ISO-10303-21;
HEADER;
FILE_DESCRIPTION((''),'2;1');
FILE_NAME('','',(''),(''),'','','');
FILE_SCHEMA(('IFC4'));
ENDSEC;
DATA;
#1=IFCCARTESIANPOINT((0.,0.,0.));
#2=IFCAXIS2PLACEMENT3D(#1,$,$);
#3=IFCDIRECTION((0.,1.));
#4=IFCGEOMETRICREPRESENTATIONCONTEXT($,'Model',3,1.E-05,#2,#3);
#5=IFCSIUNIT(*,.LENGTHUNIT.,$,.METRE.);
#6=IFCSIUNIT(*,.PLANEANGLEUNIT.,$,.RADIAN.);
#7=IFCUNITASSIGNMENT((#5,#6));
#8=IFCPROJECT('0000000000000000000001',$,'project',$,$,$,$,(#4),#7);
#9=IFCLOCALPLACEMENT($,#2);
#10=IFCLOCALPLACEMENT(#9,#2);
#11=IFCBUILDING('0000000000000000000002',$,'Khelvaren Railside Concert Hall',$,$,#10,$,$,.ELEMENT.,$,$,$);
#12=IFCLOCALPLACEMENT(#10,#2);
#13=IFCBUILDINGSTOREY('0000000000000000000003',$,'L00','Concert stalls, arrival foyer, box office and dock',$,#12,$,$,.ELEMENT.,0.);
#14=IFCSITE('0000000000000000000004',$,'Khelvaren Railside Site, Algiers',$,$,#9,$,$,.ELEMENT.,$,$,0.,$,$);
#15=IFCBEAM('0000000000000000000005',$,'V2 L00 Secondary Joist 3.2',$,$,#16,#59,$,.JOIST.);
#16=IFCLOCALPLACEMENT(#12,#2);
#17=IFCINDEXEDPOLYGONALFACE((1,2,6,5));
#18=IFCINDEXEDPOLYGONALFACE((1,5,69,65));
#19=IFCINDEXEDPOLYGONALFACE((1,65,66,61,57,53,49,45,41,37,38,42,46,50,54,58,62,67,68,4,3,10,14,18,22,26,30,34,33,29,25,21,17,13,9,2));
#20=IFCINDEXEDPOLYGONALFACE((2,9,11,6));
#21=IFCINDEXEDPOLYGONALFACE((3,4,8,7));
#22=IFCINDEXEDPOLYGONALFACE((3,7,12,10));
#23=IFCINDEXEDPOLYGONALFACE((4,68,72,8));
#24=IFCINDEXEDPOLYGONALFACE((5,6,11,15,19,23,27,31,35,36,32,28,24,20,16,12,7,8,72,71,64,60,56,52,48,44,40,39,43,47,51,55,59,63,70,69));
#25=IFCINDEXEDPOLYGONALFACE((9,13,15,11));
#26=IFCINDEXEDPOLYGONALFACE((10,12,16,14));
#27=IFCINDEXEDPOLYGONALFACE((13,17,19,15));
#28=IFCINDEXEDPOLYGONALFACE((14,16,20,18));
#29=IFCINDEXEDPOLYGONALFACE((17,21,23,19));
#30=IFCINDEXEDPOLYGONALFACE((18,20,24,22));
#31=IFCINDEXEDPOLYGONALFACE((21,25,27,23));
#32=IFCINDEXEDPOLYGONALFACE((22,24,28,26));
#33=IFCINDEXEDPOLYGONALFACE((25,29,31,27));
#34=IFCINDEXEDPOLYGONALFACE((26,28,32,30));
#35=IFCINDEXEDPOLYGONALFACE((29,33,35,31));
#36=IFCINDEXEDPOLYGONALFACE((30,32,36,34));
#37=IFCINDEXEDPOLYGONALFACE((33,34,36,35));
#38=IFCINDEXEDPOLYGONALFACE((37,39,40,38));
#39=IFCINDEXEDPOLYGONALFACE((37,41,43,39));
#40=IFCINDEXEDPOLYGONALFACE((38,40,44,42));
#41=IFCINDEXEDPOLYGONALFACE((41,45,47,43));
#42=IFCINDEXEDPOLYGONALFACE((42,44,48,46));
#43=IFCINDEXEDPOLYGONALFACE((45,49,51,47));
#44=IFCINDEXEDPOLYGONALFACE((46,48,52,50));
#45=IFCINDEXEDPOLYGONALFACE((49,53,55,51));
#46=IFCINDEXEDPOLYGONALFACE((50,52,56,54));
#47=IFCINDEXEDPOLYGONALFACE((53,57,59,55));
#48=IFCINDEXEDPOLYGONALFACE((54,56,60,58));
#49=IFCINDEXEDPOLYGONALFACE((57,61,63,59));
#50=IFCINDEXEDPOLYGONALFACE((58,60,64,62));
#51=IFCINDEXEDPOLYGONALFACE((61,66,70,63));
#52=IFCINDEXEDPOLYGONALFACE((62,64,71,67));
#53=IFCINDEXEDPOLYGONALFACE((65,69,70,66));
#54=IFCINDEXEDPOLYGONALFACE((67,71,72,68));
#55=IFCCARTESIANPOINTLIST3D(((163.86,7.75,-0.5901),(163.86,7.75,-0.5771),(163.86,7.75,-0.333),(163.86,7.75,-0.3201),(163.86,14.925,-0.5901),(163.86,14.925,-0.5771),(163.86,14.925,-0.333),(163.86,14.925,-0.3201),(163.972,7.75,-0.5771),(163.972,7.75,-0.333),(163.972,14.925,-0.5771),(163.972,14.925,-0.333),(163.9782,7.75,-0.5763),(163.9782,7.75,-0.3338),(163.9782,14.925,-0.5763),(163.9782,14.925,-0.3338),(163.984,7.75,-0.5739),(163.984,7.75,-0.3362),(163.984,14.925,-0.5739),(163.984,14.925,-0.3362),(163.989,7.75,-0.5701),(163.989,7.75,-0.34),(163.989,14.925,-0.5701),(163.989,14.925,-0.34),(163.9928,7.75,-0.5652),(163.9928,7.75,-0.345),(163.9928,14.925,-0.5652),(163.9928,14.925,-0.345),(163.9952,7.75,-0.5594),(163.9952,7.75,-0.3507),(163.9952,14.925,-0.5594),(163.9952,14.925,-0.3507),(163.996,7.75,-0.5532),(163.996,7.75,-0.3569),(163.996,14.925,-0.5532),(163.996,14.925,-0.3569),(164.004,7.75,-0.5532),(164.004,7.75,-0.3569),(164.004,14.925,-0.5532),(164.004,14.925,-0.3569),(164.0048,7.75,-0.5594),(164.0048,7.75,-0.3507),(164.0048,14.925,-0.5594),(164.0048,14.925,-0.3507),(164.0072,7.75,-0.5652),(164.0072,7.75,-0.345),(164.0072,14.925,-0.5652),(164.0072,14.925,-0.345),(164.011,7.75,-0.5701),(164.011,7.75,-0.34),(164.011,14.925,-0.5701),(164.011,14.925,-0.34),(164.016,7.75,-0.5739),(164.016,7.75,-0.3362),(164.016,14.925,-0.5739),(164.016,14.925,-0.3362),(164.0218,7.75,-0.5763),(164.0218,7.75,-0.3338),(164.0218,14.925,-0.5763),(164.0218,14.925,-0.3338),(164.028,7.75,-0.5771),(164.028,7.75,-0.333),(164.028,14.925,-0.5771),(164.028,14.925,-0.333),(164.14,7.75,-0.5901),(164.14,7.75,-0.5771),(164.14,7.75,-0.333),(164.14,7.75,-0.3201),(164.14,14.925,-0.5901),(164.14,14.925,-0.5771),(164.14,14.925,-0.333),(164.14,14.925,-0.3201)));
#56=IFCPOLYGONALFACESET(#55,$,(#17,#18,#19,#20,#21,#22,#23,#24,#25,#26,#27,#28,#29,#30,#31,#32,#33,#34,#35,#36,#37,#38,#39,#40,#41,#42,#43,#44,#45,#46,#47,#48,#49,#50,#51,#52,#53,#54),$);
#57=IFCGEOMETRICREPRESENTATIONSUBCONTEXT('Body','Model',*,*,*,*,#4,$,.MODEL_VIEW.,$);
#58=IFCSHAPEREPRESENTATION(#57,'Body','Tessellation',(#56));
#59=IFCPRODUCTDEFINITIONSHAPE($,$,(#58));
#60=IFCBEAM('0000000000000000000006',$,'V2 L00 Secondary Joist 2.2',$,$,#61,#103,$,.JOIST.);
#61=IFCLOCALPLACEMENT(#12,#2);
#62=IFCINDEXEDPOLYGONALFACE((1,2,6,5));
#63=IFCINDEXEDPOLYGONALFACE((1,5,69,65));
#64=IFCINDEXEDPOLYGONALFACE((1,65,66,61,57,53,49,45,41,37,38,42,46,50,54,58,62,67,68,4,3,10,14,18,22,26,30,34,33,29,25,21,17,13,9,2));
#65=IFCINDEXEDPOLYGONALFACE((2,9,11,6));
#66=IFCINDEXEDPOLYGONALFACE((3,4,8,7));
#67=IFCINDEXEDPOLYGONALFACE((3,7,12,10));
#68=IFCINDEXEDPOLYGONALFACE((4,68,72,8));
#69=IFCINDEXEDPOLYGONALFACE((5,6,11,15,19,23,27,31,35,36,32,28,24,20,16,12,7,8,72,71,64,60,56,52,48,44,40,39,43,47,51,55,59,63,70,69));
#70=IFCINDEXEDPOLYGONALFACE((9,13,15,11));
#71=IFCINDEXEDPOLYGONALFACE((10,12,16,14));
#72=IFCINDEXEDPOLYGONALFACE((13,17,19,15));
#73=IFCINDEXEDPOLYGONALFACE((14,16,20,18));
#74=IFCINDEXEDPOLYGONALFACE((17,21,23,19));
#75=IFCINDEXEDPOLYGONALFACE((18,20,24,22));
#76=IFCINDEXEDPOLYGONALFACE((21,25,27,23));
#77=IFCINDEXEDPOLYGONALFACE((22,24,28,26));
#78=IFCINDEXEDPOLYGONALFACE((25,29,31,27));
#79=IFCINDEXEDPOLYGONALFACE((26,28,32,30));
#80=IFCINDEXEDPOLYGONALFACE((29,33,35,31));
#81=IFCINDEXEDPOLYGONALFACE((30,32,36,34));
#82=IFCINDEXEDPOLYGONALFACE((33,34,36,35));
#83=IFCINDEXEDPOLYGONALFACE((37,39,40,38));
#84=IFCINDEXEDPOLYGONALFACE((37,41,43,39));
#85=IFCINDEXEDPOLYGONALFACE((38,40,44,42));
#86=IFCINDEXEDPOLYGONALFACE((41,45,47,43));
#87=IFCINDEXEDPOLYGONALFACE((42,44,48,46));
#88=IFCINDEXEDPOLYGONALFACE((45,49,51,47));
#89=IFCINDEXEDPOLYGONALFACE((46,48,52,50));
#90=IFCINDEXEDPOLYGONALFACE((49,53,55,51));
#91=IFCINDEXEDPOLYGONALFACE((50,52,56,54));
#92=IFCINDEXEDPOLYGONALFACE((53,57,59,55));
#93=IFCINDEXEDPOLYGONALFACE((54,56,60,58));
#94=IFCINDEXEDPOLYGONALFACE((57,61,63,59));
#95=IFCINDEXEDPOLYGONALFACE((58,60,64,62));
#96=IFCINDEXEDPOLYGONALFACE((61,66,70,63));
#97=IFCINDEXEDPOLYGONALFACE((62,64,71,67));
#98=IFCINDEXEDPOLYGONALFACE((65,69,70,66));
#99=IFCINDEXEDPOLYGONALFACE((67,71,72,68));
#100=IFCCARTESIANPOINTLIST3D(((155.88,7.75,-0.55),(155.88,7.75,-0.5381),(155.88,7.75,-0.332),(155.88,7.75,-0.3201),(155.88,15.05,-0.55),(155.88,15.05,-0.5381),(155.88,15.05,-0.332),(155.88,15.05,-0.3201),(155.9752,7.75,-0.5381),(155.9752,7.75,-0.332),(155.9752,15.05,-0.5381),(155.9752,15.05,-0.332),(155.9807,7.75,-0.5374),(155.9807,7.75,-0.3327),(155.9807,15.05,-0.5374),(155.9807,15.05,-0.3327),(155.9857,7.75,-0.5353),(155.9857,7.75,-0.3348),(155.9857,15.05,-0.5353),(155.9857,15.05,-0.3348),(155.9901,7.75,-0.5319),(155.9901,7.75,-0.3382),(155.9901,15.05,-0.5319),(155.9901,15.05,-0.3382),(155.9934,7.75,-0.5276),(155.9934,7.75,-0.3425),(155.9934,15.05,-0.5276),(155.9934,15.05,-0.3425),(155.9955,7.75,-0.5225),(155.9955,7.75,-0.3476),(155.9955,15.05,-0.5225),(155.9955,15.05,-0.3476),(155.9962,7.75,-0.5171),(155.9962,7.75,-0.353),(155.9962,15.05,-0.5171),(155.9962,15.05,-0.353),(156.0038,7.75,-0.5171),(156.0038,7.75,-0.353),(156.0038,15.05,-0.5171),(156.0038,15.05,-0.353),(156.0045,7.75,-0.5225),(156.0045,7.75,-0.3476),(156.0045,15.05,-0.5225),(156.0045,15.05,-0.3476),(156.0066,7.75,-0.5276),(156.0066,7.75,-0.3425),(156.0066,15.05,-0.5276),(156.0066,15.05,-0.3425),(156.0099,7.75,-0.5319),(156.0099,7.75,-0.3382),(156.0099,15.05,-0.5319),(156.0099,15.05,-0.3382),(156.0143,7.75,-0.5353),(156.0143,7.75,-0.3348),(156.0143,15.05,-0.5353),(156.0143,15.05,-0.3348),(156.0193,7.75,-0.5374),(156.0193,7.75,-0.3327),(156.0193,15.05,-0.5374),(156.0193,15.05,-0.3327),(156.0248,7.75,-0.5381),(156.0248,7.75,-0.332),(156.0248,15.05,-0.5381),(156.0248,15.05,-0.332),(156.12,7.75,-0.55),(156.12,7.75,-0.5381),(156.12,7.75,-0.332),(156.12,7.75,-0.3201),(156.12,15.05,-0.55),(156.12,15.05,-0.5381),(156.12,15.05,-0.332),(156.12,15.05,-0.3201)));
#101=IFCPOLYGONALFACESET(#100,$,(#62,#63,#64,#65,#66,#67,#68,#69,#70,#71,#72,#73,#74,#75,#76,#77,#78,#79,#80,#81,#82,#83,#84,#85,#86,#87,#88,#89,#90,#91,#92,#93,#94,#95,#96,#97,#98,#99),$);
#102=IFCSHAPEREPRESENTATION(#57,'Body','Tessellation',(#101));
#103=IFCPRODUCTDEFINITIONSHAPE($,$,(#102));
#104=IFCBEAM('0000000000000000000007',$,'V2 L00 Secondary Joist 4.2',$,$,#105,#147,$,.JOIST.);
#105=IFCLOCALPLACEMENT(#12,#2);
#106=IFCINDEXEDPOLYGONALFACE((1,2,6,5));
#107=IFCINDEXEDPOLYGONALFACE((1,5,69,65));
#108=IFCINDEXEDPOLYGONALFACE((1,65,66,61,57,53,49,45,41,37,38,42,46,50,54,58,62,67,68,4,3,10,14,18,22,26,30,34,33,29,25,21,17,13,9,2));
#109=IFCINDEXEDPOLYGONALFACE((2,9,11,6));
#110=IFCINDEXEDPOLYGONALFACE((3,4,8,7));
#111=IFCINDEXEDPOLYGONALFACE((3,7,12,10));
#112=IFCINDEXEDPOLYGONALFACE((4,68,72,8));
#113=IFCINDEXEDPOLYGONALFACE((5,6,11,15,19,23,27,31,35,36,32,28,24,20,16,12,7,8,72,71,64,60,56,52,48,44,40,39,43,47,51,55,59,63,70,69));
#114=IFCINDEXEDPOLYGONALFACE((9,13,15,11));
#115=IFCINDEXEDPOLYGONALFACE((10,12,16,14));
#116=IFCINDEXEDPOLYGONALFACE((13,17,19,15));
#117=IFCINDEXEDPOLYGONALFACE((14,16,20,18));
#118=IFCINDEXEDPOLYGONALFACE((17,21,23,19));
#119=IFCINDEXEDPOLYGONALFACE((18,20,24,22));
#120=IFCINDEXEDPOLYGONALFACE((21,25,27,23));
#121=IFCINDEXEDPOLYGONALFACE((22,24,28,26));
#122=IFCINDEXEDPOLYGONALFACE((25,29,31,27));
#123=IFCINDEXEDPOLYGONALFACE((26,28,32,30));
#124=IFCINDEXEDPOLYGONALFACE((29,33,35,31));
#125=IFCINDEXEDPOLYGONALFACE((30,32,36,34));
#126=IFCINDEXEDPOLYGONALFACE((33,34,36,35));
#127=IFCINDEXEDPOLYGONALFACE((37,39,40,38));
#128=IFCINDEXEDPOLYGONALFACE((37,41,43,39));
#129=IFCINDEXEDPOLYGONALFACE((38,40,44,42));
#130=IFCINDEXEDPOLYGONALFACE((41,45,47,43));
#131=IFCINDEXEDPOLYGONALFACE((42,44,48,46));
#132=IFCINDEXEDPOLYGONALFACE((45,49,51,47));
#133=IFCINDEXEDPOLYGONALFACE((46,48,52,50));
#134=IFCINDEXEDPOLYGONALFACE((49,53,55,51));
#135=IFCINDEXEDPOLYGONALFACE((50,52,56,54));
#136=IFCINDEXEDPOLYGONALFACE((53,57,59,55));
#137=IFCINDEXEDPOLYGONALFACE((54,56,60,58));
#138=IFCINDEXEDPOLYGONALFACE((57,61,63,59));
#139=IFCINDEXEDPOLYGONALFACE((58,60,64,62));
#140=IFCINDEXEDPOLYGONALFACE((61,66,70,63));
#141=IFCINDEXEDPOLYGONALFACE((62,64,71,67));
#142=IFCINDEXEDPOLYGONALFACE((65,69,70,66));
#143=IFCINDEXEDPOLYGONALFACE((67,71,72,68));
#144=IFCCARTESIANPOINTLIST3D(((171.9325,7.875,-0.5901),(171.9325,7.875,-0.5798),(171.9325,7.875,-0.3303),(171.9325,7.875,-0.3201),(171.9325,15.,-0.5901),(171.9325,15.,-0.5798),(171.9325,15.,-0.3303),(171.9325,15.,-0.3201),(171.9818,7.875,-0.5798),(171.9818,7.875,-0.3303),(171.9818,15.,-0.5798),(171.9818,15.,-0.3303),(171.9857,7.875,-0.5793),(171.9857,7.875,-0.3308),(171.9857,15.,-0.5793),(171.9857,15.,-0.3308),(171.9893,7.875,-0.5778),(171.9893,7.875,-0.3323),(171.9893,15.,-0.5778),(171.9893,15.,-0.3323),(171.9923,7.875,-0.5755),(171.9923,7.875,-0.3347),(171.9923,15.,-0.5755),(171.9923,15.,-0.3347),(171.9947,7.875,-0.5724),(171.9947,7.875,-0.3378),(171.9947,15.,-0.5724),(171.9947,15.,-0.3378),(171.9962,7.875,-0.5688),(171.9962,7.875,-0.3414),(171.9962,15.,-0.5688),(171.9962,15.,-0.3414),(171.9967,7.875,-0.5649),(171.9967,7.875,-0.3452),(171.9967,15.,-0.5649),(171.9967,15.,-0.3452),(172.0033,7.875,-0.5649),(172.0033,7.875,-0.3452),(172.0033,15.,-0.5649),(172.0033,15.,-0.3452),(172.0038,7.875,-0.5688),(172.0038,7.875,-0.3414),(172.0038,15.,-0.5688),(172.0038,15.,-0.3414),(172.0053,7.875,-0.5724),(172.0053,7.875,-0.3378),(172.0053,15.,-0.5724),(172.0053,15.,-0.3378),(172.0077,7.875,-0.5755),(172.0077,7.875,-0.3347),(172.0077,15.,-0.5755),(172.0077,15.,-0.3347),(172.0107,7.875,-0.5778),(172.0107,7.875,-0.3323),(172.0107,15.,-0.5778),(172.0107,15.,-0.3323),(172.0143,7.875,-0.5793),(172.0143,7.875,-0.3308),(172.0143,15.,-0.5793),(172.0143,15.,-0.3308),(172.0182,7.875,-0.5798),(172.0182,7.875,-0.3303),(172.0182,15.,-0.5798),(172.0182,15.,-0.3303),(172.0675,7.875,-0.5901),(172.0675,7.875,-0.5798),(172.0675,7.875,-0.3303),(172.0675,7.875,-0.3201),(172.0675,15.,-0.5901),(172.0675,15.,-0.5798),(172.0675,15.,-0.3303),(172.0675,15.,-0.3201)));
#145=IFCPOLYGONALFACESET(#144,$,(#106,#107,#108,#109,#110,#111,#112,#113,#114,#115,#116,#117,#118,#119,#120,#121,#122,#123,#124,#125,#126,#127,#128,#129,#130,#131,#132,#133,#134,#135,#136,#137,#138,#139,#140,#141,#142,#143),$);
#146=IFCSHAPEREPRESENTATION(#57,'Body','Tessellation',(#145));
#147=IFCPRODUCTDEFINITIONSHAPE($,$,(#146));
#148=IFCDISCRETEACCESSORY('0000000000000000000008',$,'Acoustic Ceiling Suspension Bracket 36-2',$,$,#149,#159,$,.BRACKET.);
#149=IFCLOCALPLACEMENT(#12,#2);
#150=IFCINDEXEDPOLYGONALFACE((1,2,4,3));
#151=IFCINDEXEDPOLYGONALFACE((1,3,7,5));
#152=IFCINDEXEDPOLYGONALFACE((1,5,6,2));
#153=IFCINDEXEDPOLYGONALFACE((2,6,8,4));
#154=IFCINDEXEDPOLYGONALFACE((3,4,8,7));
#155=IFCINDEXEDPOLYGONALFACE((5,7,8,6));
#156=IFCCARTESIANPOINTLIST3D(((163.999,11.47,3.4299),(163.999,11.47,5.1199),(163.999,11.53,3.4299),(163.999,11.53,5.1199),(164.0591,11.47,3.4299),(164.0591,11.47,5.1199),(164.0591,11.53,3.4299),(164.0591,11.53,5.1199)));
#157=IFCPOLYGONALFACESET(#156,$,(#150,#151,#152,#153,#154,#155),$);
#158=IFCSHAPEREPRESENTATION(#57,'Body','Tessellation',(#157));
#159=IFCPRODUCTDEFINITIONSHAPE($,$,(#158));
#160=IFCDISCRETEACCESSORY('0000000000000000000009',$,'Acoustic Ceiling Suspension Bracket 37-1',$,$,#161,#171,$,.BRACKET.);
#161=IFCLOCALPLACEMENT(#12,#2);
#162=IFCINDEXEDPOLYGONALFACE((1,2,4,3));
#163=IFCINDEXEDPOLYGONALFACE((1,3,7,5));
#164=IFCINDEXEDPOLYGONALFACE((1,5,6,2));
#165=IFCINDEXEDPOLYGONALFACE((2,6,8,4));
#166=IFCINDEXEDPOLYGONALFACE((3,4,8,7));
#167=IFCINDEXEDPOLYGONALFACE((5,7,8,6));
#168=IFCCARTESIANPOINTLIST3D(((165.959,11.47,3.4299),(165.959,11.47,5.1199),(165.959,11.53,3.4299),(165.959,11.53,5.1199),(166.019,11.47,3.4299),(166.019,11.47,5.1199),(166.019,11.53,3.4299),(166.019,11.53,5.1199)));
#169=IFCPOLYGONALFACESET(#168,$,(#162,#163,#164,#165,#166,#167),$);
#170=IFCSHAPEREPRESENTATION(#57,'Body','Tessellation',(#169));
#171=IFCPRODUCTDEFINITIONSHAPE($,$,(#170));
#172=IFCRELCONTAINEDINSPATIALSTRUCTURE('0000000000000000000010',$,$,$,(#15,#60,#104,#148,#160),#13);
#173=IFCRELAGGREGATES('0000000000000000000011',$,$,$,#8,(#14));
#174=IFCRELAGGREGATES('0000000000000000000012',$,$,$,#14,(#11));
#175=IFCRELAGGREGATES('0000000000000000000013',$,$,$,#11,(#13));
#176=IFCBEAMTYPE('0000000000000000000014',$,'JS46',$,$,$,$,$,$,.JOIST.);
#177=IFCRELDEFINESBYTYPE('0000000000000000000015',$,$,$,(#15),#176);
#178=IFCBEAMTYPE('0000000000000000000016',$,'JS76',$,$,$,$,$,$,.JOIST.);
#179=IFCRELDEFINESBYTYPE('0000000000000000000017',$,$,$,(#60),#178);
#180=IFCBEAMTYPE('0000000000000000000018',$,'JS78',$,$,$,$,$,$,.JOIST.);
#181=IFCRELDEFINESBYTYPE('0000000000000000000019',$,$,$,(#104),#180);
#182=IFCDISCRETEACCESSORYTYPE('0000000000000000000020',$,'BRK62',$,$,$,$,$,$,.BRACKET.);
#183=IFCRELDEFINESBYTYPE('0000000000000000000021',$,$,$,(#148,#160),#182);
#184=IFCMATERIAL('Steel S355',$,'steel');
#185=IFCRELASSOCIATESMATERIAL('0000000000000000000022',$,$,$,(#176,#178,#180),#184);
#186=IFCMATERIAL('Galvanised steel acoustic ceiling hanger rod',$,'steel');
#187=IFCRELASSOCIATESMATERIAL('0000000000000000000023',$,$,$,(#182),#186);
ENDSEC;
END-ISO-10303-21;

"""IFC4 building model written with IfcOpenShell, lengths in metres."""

from ifc_helpers import new_model, si_unit, direction, frame, origin, origin_2d, place, context, subcontext, project, spatial, rectangle, i_section, extrude, material, material_profile, profile_set, type_object, element, save


model = new_model("IFC4")

# Units and contexts
model_context = context("Model", 3, precision=1e-05, world=origin(), true_north=direction((0.0, 1.0)))
body_context = subcontext(model_context, "Body", "Model", "MODEL_VIEW")
ifc_project = project(units=[si_unit("LENGTHUNIT", "METRE"), si_unit("PLANEANGLEUNIT", "RADIAN")], contexts=[model_context])

# Site, building, storey
site_placement = place(None, origin())
site = spatial("IfcSite", under=ifc_project, at=site_placement, Name="Khelvaren Railside Site, Algiers", CompositionType="ELEMENT", RefElevation=0.0)
building_placement = place(site_placement, origin())
building = spatial("IfcBuilding", under=site, at=building_placement, Name="Khelvaren Railside Concert Hall", CompositionType="ELEMENT")
storey_placement = place(building_placement, origin())
storey = spatial("IfcBuildingStorey", under=building, at=storey_placement, Name="L00", Description="Concert stalls, arrival foyer, box office and dock", CompositionType="ELEMENT", Elevation=0.0)

# Beams
ifc_material_1 = material(Name="Steel S355", Category="steel")
ifc_material_profile_1 = material_profile(ifc_material_1, i_section(OverallWidth=0.28, OverallDepth=0.27, WebThickness=0.0081, FlangeThickness=0.0129, FilletRadius=0.0239, at=origin_2d()), Name="HEA 280")
ifc_profile_set_1 = profile_set([ifc_material_profile_1], Name="Steel S355")
beam_type_1 = type_object("IfcBeamType", Name="JS46", PredefinedType="JOIST", material=ifc_profile_set_1)
beam_1_placement = place(storey_placement, frame((164.0, 7.75, -0.4551), z_axis=(0.0, 1.0, 0.0), x_axis=(-1.0, 0.0, 0.0)))
element("IfcBeam", 1, at=beam_1_placement, inside=storey, type_object=beam_type_1, Name="V2 L00 Secondary Joist 3.2", PredefinedType="JOIST", context=body_context, shape_type="SweptSolid", body=[
    extrude(i_section(OverallWidth=0.28, OverallDepth=0.27, WebThickness=0.0081, FlangeThickness=0.0129, FilletRadius=0.0239, at=origin_2d()), origin(), (0.0, 0.0, 1.0), 7.175),
])
ifc_material_profile_2 = material_profile(ifc_material_1, i_section(OverallWidth=0.24, OverallDepth=0.23, WebThickness=0.0076, FlangeThickness=0.012, FilletRadius=0.021, at=origin_2d()), Name="HEA 240")
ifc_profile_set_2 = profile_set([ifc_material_profile_2], Name="Steel S355")
beam_type_2 = type_object("IfcBeamType", Name="JS76", PredefinedType="JOIST", material=ifc_profile_set_2)
beam_2_placement = place(storey_placement, frame((156.0, 7.75, -0.4351), z_axis=(0.0, 1.0, 0.0), x_axis=(-1.0, 0.0, 0.0)))
element("IfcBeam", 2, at=beam_2_placement, inside=storey, type_object=beam_type_2, Name="V2 L00 Secondary Joist 2.2", PredefinedType="JOIST", context=body_context, shape_type="SweptSolid", body=[
    extrude(i_section(OverallWidth=0.24, OverallDepth=0.23, WebThickness=0.0076, FlangeThickness=0.012, FilletRadius=0.021, at=origin_2d()), origin(), (0.0, 0.0, 1.0), 7.3),
])
ifc_material_profile_3 = material_profile(ifc_material_1, i_section(OverallWidth=0.135, OverallDepth=0.27, WebThickness=0.0066, FlangeThickness=0.0103, FilletRadius=0.0149, at=origin_2d()), Name="IPE 270")
ifc_profile_set_3 = profile_set([ifc_material_profile_3], Name="Steel S355")
beam_type_3 = type_object("IfcBeamType", Name="JS78", PredefinedType="JOIST", material=ifc_profile_set_3)
beam_3_placement = place(storey_placement, frame((172.0, 7.875, -0.4551), z_axis=(0.0, 1.0, 0.0), x_axis=(-1.0, 0.0, 0.0)))
element("IfcBeam", 3, at=beam_3_placement, inside=storey, type_object=beam_type_3, Name="V2 L00 Secondary Joist 4.2", PredefinedType="JOIST", context=body_context, shape_type="SweptSolid", body=[
    extrude(i_section(OverallWidth=0.135, OverallDepth=0.27, WebThickness=0.0066, FlangeThickness=0.0103, FilletRadius=0.0149, at=origin_2d()), origin(), (0.0, 0.0, 1.0), 7.125),
])

# Discrete accessories
ifc_material_2 = material(Name="Galvanised steel acoustic ceiling hanger rod", Category="steel")
discrete_accessory_type = type_object("IfcDiscreteAccessoryType", Name="BRK62", PredefinedType="BRACKET", material=ifc_material_2)
for number, where, z_axis, x_axis, name in (
    (4, (164.0291, 11.5, 3.4299), (0.0, 0.0, 1.0), (1.0, 0.0, 0.0), "Acoustic Ceiling Suspension Bracket 36-2"),
    (5, (165.989, 11.5, 3.4299), (0.0, 0.0, 1.0), (1.0, 0.0, 0.0), "Acoustic Ceiling Suspension Bracket 37-1"),
):
    element("IfcDiscreteAccessory", number, at=place(storey_placement, frame(where, z_axis=z_axis, x_axis=x_axis)), inside=storey, type_object=discrete_accessory_type, Name=name, PredefinedType="BRACKET", context=body_context, shape_type="SweptSolid", body=[
        extrude(rectangle(XDim=0.0601, YDim=0.0601, at=origin_2d()), origin(), (0.0, 0.0, 1.0), 1.6899),
    ])

save(model, "model.ifc")
